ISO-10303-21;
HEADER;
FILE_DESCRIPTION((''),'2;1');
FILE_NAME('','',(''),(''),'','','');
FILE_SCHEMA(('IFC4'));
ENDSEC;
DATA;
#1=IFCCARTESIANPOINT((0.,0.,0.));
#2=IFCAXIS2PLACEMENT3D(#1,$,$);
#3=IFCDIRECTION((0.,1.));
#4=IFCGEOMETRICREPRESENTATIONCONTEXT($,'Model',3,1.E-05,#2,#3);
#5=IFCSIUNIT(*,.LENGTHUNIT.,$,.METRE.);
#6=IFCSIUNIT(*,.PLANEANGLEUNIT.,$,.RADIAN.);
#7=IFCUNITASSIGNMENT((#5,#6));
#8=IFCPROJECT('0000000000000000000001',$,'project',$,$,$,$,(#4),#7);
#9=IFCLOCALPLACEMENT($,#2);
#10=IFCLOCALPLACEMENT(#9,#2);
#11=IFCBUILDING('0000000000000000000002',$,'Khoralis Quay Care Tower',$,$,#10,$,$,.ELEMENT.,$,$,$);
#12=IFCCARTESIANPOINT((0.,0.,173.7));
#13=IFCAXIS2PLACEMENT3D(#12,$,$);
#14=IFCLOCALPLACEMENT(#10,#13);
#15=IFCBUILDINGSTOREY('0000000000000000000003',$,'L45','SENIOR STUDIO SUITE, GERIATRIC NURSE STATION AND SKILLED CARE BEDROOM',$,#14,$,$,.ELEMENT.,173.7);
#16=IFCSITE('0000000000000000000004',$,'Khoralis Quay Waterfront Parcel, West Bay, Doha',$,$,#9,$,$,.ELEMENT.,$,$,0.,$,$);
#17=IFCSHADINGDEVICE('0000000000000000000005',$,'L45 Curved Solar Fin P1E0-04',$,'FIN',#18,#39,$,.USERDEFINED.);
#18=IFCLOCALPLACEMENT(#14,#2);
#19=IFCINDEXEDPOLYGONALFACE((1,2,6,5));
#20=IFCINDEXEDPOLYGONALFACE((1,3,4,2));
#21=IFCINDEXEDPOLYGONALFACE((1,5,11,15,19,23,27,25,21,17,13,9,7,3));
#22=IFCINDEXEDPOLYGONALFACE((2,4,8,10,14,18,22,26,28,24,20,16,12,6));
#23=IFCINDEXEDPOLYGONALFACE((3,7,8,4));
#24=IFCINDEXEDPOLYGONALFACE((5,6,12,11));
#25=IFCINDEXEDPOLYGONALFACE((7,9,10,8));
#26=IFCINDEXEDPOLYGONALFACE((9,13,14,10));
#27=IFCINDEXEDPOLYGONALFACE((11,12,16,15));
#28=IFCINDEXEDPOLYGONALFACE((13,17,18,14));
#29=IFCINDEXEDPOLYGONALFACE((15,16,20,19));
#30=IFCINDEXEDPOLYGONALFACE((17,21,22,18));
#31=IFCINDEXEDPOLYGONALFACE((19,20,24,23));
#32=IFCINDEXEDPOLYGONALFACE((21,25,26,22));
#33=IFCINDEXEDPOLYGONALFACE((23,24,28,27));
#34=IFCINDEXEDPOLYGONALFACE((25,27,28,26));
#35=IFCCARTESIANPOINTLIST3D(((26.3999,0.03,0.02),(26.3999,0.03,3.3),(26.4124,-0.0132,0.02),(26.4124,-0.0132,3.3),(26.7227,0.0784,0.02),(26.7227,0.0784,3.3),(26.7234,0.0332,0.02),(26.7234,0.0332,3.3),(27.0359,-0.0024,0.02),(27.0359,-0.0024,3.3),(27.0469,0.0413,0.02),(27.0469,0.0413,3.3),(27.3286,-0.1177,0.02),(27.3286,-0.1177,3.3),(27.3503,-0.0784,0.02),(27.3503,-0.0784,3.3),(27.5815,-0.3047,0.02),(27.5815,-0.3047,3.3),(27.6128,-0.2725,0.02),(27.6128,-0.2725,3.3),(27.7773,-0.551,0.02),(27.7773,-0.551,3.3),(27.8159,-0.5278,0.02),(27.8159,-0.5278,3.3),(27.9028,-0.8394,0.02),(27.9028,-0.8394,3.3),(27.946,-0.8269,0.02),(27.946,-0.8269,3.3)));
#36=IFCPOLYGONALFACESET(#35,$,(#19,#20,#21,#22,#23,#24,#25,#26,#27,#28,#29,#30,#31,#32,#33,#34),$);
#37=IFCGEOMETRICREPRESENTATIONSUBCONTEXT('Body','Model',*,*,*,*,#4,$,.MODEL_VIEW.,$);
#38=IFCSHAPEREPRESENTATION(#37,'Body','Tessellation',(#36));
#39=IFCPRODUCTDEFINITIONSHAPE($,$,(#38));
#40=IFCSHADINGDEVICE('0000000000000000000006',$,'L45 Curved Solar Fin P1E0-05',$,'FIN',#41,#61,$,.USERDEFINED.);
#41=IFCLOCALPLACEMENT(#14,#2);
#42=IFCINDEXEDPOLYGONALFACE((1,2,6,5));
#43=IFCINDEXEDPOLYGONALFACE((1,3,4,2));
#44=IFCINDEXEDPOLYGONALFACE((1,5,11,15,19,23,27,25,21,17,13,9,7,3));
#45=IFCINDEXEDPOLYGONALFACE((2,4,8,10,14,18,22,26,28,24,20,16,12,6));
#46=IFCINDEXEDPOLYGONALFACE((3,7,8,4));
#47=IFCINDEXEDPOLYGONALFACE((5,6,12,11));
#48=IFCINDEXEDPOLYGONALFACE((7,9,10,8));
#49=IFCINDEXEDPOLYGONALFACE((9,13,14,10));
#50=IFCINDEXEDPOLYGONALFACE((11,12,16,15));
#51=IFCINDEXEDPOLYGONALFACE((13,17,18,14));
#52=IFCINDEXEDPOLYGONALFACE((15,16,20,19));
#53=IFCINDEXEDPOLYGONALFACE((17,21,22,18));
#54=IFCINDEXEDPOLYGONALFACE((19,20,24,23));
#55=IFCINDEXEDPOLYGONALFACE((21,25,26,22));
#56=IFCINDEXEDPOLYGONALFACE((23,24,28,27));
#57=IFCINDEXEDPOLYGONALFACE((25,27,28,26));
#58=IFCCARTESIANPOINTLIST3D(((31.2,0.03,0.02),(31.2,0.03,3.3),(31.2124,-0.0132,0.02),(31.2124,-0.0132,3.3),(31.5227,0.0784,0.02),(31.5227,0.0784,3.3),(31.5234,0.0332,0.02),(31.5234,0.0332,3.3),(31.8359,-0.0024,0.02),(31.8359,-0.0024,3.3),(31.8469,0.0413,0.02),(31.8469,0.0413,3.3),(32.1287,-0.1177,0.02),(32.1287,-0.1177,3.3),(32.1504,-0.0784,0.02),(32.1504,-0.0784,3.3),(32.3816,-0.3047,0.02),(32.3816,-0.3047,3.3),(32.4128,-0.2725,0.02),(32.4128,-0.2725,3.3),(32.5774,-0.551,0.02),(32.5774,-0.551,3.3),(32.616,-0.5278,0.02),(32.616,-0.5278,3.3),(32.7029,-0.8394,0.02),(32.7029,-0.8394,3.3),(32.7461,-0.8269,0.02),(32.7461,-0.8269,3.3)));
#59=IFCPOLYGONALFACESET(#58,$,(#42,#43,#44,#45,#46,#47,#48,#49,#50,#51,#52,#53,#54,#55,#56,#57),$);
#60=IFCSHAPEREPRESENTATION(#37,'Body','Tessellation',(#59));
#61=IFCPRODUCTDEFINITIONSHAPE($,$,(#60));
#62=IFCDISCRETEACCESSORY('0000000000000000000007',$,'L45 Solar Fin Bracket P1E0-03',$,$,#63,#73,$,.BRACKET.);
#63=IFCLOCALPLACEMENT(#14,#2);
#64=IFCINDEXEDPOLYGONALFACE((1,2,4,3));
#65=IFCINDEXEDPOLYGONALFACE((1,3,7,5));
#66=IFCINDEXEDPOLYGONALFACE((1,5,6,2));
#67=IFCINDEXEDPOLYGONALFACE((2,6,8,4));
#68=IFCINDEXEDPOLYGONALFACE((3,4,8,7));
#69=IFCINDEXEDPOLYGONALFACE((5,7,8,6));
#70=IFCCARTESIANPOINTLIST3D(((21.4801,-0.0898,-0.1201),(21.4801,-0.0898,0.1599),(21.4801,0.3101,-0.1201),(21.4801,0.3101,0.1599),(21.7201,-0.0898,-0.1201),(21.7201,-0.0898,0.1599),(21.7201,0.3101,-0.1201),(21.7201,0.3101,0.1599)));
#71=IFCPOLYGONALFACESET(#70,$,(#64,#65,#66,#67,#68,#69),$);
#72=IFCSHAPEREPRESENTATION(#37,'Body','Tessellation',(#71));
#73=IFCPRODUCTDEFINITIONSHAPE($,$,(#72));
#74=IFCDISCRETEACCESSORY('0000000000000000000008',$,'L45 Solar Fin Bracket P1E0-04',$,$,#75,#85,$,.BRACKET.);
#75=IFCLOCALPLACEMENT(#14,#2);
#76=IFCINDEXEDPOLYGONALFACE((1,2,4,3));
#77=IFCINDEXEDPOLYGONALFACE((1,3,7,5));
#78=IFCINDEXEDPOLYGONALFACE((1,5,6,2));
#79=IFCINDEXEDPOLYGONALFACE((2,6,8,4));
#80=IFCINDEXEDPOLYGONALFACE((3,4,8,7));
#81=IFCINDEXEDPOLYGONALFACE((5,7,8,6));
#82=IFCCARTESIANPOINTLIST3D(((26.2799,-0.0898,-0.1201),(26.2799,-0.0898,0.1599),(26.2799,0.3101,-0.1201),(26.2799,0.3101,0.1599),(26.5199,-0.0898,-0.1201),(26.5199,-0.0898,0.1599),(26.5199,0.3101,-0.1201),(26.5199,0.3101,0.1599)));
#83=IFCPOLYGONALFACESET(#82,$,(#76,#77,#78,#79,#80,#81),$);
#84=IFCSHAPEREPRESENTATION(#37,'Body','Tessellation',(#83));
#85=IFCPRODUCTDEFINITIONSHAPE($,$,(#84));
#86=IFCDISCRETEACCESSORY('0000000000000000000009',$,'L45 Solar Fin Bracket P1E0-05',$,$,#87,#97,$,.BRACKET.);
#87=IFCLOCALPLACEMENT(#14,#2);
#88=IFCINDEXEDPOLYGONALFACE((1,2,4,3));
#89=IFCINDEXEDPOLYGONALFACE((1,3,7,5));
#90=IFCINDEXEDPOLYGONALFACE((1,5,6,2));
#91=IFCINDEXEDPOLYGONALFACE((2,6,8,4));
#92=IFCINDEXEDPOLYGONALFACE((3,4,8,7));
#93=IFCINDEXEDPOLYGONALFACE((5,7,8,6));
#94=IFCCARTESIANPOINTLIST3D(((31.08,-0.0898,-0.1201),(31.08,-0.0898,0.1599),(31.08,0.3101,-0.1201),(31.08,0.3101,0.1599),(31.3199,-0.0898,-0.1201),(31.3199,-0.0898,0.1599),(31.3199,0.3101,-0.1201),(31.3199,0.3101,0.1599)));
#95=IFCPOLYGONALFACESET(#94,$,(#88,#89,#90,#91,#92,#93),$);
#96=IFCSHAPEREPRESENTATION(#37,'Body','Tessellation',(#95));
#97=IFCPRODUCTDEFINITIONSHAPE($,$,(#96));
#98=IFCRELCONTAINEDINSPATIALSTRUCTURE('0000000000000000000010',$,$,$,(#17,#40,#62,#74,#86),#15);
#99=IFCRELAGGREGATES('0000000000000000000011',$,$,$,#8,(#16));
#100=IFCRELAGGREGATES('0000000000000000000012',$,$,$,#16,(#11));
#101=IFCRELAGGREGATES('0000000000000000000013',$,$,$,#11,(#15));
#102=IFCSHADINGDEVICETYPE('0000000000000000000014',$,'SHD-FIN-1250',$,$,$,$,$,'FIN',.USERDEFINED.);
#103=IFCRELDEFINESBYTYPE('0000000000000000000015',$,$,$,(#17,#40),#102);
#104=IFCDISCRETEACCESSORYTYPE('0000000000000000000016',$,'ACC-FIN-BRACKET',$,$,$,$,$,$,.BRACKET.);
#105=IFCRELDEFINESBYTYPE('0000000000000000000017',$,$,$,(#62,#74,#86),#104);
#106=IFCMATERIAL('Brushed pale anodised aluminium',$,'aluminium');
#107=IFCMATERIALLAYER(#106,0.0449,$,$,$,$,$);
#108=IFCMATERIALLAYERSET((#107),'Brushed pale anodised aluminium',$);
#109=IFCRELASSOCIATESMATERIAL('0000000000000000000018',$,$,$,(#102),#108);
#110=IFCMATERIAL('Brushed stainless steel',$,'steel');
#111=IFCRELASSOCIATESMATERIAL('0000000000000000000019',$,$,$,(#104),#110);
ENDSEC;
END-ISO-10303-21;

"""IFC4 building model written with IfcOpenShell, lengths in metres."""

from ifc_helpers import new_model, si_unit, direction, frame, origin, origin_2d, place, context, subcontext, project, spatial, polyline, rectangle, outline, extrude, source, transform, mapped, material, layer, layer_set, type_object, element, save


model = new_model("IFC4")

# Units and contexts
model_context = context("Model", 3, precision=1e-05, world=origin(), true_north=direction((0.0, 1.0)))
body_context = subcontext(model_context, "Body", "Model", "MODEL_VIEW")
ifc_project = project(units=[si_unit("LENGTHUNIT", "METRE"), si_unit("PLANEANGLEUNIT", "RADIAN")], contexts=[model_context])

# Site, building, storey
site_placement = place(None, origin())
site = spatial("IfcSite", under=ifc_project, at=site_placement, Name="Khoralis Quay Waterfront Parcel, West Bay, Doha", CompositionType="ELEMENT", RefElevation=0.0)
building_placement = place(site_placement, origin())
building = spatial("IfcBuilding", under=site, at=building_placement, Name="Khoralis Quay Care Tower", CompositionType="ELEMENT")
storey_placement = place(building_placement, frame((0.0, 0.0, 173.7)))
storey = spatial("IfcBuildingStorey", under=building, at=storey_placement, Name="L45", Description="SENIOR STUDIO SUITE, GERIATRIC NURSE STATION AND SKILLED CARE BEDROOM", CompositionType="ELEMENT", Elevation=173.7)

# Shading devices
ifc_material_1 = material(Name="Brushed pale anodised aluminium", Category="aluminium")
ifc_layer_1 = layer(ifc_material_1, 0.0449)
ifc_layer_set_1 = layer_set([ifc_layer_1], Name="Brushed pale anodised aluminium")
shading_device_type = type_object("IfcShadingDeviceType", Name="SHD-FIN-1250", ElementType="FIN", PredefinedType="USERDEFINED", material=ifc_layer_set_1)
shared_shape_1 = source(origin(), body_context, "Body", "SweptSolid", [
    extrude(outline(polyline([(0.0, 0.0), (-0.0483, 0.3228), (-0.0112, 0.647), (0.1084, 0.9504), (0.3025, 1.2129), (0.5579, 1.416), (0.8569, 1.5461), (0.8694, 1.5029), (0.5811, 1.3774), (0.3347, 1.1816), (0.1477, 0.9287), (0.0325, 0.636), (-0.0032, 0.3235), (0.0432, 0.0125), (0.0, 0.0)])), origin(), (0.0, 0.0, 1.0), 3.28),
])
for number, where, z_axis, x_axis, name in (
    (1, (26.3999, 0.03, 0.02), (0.0, 0.0, 1.0), (0.0, -1.0, 0.0), "L45 Curved Solar Fin P1E0-04"),
    (2, (31.2, 0.03, 0.02), (0.0, 0.0, 1.0), (0.0, -1.0, 0.0), "L45 Curved Solar Fin P1E0-05"),
):
    element("IfcShadingDevice", number, at=place(storey_placement, frame(where, z_axis=z_axis, x_axis=x_axis)), inside=storey, type_object=shading_device_type, Name=name, ObjectType="FIN", PredefinedType="USERDEFINED", context=body_context, shape_type="MappedRepresentation", body=[
        mapped(shared_shape_1, transform((0.0, 0.0, 0.0), scale=1.0)),
    ])

# Discrete accessories
ifc_material_2 = material(Name="Brushed stainless steel", Category="steel")
discrete_accessory_type = type_object("IfcDiscreteAccessoryType", Name="ACC-FIN-BRACKET", PredefinedType="BRACKET", material=ifc_material_2)
shared_shape_2 = source(origin(), body_context, "Body", "SweptSolid", [
    extrude(rectangle(XDim=0.3999, YDim=0.24, at=origin_2d()), origin(), (0.0, 0.0, 1.0), 0.28),
])
for number, where, z_axis, x_axis, name in (
    (3, (21.6001, 0.1101, -0.1201), (0.0, 0.0, 1.0), (0.0, -1.0, 0.0), "L45 Solar Fin Bracket P1E0-03"),
    (4, (26.3999, 0.1101, -0.1201), (0.0, 0.0, 1.0), (0.0, -1.0, 0.0), "L45 Solar Fin Bracket P1E0-04"),
    (5, (31.2, 0.1101, -0.1201), (0.0, 0.0, 1.0), (0.0, -1.0, 0.0), "L45 Solar Fin Bracket P1E0-05"),
):
    element("IfcDiscreteAccessory", number, at=place(storey_placement, frame(where, z_axis=z_axis, x_axis=x_axis)), inside=storey, type_object=discrete_accessory_type, Name=name, PredefinedType="BRACKET", context=body_context, shape_type="MappedRepresentation", body=[
        mapped(shared_shape_2, transform((0.0, 0.0, 0.0), scale=1.0)),
    ])

save(model, "model.ifc")
